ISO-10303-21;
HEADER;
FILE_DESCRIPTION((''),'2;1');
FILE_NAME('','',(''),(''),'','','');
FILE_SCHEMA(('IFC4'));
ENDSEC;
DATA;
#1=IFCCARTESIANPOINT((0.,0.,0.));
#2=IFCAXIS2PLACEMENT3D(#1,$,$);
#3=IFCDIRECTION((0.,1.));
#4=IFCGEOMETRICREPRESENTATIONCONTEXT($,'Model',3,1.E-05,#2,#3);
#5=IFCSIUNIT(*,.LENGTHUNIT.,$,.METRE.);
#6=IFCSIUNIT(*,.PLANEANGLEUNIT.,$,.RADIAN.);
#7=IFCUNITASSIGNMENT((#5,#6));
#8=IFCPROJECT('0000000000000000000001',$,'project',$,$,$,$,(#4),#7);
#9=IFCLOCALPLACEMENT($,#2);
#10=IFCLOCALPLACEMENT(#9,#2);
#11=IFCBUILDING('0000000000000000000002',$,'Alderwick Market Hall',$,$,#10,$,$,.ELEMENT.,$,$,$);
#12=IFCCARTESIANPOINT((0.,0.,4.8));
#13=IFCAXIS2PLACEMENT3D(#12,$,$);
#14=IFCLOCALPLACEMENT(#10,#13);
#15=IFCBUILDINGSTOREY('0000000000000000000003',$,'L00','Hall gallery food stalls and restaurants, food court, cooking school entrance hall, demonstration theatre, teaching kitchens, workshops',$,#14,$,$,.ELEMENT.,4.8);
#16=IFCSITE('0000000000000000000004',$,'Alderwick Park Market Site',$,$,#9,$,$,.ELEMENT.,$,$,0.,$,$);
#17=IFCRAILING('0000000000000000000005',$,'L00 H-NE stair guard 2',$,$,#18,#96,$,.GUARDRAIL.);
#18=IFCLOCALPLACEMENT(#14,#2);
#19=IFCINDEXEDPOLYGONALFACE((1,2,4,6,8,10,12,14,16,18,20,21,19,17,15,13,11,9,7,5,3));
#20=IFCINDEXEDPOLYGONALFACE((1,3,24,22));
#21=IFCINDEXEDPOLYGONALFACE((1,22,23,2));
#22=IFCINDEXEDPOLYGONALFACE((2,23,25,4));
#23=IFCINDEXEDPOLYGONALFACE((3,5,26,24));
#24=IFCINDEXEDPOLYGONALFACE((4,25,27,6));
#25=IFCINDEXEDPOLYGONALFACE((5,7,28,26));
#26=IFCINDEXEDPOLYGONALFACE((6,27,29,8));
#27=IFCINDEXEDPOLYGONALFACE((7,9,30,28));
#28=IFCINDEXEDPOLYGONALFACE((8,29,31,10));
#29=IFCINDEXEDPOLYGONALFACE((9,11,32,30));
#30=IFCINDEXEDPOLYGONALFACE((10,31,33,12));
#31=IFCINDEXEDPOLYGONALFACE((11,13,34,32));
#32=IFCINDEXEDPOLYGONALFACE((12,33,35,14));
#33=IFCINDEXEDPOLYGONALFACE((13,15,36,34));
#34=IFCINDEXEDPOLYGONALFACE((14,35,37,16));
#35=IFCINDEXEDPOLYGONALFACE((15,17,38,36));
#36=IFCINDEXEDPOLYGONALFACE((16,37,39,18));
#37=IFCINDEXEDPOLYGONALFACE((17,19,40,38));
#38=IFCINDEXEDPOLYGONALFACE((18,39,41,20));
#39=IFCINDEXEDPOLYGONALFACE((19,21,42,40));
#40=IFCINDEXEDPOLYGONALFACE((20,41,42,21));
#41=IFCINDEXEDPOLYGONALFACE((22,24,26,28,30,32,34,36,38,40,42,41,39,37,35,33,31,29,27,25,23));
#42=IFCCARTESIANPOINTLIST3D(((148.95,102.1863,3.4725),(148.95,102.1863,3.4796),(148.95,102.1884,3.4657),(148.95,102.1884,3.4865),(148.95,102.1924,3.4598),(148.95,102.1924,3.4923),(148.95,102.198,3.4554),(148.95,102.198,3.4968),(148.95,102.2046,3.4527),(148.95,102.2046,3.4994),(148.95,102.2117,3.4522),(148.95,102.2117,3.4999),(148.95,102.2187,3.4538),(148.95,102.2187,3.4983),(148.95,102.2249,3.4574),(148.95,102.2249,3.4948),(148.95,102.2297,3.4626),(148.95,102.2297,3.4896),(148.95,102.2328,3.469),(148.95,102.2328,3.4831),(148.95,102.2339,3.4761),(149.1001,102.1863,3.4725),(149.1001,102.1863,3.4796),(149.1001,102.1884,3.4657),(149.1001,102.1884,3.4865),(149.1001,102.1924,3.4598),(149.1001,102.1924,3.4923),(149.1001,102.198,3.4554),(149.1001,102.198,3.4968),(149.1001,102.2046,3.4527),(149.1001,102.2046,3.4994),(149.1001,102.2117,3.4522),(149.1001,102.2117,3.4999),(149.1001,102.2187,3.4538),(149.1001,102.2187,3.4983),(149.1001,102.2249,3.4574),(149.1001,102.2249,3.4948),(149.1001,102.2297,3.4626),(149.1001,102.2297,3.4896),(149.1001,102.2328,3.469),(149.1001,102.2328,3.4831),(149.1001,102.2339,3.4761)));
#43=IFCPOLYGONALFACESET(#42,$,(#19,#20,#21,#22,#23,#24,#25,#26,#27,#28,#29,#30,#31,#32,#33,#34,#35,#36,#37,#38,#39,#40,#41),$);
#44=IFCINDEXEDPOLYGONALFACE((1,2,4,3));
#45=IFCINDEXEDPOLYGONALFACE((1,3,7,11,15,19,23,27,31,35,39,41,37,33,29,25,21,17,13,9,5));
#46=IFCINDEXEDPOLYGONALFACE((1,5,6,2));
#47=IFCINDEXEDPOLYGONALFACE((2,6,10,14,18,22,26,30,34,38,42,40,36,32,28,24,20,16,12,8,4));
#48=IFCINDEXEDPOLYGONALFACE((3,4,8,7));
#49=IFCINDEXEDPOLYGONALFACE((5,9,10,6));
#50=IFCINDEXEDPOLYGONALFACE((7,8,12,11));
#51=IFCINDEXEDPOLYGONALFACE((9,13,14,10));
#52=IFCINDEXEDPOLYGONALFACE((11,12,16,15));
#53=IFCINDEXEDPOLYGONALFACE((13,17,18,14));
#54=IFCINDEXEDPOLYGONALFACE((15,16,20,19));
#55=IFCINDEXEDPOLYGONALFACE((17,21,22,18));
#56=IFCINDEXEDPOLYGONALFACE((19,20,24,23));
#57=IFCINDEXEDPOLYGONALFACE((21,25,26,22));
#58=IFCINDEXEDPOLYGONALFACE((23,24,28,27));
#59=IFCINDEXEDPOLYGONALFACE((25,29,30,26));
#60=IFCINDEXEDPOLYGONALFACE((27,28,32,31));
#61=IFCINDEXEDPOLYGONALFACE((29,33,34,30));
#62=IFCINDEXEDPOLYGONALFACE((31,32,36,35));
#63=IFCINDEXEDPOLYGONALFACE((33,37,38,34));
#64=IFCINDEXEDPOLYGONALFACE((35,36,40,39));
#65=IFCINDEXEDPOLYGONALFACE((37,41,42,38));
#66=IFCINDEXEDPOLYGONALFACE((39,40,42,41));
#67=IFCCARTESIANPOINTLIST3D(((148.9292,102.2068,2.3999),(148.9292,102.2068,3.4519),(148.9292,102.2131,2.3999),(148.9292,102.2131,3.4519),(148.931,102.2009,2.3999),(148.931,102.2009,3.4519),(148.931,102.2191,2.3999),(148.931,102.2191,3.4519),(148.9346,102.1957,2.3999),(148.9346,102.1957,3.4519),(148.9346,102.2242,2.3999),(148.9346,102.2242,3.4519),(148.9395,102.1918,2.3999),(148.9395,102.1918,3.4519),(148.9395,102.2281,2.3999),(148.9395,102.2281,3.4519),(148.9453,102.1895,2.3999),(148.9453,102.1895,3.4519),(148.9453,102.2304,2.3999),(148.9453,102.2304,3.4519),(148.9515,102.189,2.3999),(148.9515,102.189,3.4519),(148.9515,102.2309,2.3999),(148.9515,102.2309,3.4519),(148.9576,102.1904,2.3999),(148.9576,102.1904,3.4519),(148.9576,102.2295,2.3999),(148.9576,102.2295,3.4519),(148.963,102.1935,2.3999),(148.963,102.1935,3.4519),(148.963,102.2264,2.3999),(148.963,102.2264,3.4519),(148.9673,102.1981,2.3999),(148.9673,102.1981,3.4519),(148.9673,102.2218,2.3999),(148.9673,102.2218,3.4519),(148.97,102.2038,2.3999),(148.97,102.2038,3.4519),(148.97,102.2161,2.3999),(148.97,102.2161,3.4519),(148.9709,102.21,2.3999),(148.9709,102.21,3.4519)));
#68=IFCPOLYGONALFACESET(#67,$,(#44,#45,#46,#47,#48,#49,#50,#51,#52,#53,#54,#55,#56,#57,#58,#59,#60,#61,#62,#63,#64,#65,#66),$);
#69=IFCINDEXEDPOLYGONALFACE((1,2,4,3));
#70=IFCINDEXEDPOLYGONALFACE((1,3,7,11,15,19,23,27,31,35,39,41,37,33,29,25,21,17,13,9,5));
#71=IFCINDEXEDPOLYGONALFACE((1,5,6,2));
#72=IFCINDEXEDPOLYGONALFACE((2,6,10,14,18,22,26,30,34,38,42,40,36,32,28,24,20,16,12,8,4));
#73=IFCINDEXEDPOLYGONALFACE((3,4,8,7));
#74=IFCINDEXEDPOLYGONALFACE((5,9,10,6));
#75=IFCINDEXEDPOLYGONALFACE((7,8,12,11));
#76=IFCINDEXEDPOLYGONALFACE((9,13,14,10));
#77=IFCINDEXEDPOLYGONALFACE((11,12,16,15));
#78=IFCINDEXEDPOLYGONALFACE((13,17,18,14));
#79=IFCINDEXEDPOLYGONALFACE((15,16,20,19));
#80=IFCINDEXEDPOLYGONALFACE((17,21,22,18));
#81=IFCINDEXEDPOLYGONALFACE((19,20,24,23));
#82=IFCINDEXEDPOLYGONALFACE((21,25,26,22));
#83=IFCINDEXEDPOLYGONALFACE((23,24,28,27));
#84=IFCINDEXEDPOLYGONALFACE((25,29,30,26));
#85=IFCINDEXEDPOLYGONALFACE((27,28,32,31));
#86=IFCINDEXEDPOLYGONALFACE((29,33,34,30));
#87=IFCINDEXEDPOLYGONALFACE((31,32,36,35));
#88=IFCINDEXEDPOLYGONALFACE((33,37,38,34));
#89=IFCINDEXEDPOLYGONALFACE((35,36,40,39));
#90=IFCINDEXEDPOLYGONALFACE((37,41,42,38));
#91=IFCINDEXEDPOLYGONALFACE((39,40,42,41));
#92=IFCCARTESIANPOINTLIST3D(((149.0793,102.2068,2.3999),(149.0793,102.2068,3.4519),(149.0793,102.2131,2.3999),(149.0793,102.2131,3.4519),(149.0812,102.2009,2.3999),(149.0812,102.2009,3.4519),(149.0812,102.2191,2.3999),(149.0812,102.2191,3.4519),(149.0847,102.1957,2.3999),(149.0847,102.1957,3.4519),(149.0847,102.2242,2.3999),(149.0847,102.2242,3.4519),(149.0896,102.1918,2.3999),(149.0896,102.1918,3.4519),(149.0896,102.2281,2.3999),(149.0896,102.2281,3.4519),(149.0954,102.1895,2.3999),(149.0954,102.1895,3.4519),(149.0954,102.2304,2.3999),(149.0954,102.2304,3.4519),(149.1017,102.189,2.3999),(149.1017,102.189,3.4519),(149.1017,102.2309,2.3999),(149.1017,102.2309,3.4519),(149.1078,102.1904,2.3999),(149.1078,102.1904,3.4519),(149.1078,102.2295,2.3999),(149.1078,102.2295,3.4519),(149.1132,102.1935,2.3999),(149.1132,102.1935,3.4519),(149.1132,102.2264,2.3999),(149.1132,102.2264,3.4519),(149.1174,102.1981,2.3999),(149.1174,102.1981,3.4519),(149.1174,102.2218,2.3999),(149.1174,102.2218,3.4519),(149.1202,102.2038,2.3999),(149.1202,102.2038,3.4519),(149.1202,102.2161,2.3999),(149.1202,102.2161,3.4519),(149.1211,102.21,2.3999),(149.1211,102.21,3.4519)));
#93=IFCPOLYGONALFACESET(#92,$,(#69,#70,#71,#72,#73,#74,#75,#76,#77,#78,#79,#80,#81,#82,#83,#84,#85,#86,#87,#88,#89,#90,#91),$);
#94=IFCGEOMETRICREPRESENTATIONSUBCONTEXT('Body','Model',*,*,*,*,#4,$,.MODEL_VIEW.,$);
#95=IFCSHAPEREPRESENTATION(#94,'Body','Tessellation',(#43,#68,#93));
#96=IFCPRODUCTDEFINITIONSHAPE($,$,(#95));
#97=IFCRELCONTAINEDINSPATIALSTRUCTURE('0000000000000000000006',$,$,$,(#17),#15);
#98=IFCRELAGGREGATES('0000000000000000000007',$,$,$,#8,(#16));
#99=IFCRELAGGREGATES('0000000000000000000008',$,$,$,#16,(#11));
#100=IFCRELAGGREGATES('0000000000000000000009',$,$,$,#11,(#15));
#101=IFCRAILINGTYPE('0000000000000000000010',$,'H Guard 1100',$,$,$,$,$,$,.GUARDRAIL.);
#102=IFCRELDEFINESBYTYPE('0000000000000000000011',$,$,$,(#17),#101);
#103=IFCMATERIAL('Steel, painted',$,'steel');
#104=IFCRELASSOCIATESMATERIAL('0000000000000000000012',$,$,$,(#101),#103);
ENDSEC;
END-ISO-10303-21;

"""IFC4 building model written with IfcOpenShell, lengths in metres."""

from ifc_helpers import new_model, si_unit, direction, frame, origin, origin_2d, place, context, subcontext, project, spatial, circle, extrude, material, type_object, element, save


model = new_model("IFC4")

# Units and contexts
model_context = context("Model", 3, precision=1e-05, world=origin(), true_north=direction((0.0, 1.0)))
body_context = subcontext(model_context, "Body", "Model", "MODEL_VIEW")
ifc_project = project(units=[si_unit("LENGTHUNIT", "METRE"), si_unit("PLANEANGLEUNIT", "RADIAN")], contexts=[model_context])

# Site, building, storey
site_placement = place(None, origin())
site = spatial("IfcSite", under=ifc_project, at=site_placement, Name="Alderwick Park Market Site", CompositionType="ELEMENT", RefElevation=0.0)
building_placement = place(site_placement, origin())
building = spatial("IfcBuilding", under=site, at=building_placement, Name="Alderwick Market Hall", CompositionType="ELEMENT")
storey_placement = place(building_placement, frame((0.0, 0.0, 4.8)))
storey = spatial("IfcBuildingStorey", under=building, at=storey_placement, Name="L00", Description="Hall gallery food stalls and restaurants, food court, cooking school entrance hall, demonstration theatre, teaching kitchens, workshops", CompositionType="ELEMENT", Elevation=4.8)

# Railing
ifc_material_1 = material(Name="Steel, painted", Category="steel")
railing_type_1 = type_object("IfcRailingType", Name="H Guard 1100", PredefinedType="GUARDRAIL", material=ifc_material_1)
railing_1_placement = place(storey_placement, frame((148.95, 102.21, 2.3999)))
element("IfcRailing", 1, at=railing_1_placement, inside=storey, type_object=railing_type_1, Name="L00 H-NE stair guard 2", PredefinedType="GUARDRAIL", context=body_context, shape_type="SweptSolid", body=[
    extrude(circle(Radius=0.0239, at=origin_2d()), frame((0.0, 0.0, 1.0762), z_axis=(1.0, 0.0, 0.0), x_axis=(0.0, 1.0, 0.0)), (0.0, 0.0, 1.0), 0.1501),
    extrude(circle(Radius=0.021, at=origin_2d()), origin(), (0.0, 0.0, 1.0), 1.052),
    extrude(circle(Radius=0.021, at=origin_2d()), frame((0.1501, 0.0, 0.0)), (0.0, 0.0, 1.0), 1.052),
])

save(model, "model.ifc")
